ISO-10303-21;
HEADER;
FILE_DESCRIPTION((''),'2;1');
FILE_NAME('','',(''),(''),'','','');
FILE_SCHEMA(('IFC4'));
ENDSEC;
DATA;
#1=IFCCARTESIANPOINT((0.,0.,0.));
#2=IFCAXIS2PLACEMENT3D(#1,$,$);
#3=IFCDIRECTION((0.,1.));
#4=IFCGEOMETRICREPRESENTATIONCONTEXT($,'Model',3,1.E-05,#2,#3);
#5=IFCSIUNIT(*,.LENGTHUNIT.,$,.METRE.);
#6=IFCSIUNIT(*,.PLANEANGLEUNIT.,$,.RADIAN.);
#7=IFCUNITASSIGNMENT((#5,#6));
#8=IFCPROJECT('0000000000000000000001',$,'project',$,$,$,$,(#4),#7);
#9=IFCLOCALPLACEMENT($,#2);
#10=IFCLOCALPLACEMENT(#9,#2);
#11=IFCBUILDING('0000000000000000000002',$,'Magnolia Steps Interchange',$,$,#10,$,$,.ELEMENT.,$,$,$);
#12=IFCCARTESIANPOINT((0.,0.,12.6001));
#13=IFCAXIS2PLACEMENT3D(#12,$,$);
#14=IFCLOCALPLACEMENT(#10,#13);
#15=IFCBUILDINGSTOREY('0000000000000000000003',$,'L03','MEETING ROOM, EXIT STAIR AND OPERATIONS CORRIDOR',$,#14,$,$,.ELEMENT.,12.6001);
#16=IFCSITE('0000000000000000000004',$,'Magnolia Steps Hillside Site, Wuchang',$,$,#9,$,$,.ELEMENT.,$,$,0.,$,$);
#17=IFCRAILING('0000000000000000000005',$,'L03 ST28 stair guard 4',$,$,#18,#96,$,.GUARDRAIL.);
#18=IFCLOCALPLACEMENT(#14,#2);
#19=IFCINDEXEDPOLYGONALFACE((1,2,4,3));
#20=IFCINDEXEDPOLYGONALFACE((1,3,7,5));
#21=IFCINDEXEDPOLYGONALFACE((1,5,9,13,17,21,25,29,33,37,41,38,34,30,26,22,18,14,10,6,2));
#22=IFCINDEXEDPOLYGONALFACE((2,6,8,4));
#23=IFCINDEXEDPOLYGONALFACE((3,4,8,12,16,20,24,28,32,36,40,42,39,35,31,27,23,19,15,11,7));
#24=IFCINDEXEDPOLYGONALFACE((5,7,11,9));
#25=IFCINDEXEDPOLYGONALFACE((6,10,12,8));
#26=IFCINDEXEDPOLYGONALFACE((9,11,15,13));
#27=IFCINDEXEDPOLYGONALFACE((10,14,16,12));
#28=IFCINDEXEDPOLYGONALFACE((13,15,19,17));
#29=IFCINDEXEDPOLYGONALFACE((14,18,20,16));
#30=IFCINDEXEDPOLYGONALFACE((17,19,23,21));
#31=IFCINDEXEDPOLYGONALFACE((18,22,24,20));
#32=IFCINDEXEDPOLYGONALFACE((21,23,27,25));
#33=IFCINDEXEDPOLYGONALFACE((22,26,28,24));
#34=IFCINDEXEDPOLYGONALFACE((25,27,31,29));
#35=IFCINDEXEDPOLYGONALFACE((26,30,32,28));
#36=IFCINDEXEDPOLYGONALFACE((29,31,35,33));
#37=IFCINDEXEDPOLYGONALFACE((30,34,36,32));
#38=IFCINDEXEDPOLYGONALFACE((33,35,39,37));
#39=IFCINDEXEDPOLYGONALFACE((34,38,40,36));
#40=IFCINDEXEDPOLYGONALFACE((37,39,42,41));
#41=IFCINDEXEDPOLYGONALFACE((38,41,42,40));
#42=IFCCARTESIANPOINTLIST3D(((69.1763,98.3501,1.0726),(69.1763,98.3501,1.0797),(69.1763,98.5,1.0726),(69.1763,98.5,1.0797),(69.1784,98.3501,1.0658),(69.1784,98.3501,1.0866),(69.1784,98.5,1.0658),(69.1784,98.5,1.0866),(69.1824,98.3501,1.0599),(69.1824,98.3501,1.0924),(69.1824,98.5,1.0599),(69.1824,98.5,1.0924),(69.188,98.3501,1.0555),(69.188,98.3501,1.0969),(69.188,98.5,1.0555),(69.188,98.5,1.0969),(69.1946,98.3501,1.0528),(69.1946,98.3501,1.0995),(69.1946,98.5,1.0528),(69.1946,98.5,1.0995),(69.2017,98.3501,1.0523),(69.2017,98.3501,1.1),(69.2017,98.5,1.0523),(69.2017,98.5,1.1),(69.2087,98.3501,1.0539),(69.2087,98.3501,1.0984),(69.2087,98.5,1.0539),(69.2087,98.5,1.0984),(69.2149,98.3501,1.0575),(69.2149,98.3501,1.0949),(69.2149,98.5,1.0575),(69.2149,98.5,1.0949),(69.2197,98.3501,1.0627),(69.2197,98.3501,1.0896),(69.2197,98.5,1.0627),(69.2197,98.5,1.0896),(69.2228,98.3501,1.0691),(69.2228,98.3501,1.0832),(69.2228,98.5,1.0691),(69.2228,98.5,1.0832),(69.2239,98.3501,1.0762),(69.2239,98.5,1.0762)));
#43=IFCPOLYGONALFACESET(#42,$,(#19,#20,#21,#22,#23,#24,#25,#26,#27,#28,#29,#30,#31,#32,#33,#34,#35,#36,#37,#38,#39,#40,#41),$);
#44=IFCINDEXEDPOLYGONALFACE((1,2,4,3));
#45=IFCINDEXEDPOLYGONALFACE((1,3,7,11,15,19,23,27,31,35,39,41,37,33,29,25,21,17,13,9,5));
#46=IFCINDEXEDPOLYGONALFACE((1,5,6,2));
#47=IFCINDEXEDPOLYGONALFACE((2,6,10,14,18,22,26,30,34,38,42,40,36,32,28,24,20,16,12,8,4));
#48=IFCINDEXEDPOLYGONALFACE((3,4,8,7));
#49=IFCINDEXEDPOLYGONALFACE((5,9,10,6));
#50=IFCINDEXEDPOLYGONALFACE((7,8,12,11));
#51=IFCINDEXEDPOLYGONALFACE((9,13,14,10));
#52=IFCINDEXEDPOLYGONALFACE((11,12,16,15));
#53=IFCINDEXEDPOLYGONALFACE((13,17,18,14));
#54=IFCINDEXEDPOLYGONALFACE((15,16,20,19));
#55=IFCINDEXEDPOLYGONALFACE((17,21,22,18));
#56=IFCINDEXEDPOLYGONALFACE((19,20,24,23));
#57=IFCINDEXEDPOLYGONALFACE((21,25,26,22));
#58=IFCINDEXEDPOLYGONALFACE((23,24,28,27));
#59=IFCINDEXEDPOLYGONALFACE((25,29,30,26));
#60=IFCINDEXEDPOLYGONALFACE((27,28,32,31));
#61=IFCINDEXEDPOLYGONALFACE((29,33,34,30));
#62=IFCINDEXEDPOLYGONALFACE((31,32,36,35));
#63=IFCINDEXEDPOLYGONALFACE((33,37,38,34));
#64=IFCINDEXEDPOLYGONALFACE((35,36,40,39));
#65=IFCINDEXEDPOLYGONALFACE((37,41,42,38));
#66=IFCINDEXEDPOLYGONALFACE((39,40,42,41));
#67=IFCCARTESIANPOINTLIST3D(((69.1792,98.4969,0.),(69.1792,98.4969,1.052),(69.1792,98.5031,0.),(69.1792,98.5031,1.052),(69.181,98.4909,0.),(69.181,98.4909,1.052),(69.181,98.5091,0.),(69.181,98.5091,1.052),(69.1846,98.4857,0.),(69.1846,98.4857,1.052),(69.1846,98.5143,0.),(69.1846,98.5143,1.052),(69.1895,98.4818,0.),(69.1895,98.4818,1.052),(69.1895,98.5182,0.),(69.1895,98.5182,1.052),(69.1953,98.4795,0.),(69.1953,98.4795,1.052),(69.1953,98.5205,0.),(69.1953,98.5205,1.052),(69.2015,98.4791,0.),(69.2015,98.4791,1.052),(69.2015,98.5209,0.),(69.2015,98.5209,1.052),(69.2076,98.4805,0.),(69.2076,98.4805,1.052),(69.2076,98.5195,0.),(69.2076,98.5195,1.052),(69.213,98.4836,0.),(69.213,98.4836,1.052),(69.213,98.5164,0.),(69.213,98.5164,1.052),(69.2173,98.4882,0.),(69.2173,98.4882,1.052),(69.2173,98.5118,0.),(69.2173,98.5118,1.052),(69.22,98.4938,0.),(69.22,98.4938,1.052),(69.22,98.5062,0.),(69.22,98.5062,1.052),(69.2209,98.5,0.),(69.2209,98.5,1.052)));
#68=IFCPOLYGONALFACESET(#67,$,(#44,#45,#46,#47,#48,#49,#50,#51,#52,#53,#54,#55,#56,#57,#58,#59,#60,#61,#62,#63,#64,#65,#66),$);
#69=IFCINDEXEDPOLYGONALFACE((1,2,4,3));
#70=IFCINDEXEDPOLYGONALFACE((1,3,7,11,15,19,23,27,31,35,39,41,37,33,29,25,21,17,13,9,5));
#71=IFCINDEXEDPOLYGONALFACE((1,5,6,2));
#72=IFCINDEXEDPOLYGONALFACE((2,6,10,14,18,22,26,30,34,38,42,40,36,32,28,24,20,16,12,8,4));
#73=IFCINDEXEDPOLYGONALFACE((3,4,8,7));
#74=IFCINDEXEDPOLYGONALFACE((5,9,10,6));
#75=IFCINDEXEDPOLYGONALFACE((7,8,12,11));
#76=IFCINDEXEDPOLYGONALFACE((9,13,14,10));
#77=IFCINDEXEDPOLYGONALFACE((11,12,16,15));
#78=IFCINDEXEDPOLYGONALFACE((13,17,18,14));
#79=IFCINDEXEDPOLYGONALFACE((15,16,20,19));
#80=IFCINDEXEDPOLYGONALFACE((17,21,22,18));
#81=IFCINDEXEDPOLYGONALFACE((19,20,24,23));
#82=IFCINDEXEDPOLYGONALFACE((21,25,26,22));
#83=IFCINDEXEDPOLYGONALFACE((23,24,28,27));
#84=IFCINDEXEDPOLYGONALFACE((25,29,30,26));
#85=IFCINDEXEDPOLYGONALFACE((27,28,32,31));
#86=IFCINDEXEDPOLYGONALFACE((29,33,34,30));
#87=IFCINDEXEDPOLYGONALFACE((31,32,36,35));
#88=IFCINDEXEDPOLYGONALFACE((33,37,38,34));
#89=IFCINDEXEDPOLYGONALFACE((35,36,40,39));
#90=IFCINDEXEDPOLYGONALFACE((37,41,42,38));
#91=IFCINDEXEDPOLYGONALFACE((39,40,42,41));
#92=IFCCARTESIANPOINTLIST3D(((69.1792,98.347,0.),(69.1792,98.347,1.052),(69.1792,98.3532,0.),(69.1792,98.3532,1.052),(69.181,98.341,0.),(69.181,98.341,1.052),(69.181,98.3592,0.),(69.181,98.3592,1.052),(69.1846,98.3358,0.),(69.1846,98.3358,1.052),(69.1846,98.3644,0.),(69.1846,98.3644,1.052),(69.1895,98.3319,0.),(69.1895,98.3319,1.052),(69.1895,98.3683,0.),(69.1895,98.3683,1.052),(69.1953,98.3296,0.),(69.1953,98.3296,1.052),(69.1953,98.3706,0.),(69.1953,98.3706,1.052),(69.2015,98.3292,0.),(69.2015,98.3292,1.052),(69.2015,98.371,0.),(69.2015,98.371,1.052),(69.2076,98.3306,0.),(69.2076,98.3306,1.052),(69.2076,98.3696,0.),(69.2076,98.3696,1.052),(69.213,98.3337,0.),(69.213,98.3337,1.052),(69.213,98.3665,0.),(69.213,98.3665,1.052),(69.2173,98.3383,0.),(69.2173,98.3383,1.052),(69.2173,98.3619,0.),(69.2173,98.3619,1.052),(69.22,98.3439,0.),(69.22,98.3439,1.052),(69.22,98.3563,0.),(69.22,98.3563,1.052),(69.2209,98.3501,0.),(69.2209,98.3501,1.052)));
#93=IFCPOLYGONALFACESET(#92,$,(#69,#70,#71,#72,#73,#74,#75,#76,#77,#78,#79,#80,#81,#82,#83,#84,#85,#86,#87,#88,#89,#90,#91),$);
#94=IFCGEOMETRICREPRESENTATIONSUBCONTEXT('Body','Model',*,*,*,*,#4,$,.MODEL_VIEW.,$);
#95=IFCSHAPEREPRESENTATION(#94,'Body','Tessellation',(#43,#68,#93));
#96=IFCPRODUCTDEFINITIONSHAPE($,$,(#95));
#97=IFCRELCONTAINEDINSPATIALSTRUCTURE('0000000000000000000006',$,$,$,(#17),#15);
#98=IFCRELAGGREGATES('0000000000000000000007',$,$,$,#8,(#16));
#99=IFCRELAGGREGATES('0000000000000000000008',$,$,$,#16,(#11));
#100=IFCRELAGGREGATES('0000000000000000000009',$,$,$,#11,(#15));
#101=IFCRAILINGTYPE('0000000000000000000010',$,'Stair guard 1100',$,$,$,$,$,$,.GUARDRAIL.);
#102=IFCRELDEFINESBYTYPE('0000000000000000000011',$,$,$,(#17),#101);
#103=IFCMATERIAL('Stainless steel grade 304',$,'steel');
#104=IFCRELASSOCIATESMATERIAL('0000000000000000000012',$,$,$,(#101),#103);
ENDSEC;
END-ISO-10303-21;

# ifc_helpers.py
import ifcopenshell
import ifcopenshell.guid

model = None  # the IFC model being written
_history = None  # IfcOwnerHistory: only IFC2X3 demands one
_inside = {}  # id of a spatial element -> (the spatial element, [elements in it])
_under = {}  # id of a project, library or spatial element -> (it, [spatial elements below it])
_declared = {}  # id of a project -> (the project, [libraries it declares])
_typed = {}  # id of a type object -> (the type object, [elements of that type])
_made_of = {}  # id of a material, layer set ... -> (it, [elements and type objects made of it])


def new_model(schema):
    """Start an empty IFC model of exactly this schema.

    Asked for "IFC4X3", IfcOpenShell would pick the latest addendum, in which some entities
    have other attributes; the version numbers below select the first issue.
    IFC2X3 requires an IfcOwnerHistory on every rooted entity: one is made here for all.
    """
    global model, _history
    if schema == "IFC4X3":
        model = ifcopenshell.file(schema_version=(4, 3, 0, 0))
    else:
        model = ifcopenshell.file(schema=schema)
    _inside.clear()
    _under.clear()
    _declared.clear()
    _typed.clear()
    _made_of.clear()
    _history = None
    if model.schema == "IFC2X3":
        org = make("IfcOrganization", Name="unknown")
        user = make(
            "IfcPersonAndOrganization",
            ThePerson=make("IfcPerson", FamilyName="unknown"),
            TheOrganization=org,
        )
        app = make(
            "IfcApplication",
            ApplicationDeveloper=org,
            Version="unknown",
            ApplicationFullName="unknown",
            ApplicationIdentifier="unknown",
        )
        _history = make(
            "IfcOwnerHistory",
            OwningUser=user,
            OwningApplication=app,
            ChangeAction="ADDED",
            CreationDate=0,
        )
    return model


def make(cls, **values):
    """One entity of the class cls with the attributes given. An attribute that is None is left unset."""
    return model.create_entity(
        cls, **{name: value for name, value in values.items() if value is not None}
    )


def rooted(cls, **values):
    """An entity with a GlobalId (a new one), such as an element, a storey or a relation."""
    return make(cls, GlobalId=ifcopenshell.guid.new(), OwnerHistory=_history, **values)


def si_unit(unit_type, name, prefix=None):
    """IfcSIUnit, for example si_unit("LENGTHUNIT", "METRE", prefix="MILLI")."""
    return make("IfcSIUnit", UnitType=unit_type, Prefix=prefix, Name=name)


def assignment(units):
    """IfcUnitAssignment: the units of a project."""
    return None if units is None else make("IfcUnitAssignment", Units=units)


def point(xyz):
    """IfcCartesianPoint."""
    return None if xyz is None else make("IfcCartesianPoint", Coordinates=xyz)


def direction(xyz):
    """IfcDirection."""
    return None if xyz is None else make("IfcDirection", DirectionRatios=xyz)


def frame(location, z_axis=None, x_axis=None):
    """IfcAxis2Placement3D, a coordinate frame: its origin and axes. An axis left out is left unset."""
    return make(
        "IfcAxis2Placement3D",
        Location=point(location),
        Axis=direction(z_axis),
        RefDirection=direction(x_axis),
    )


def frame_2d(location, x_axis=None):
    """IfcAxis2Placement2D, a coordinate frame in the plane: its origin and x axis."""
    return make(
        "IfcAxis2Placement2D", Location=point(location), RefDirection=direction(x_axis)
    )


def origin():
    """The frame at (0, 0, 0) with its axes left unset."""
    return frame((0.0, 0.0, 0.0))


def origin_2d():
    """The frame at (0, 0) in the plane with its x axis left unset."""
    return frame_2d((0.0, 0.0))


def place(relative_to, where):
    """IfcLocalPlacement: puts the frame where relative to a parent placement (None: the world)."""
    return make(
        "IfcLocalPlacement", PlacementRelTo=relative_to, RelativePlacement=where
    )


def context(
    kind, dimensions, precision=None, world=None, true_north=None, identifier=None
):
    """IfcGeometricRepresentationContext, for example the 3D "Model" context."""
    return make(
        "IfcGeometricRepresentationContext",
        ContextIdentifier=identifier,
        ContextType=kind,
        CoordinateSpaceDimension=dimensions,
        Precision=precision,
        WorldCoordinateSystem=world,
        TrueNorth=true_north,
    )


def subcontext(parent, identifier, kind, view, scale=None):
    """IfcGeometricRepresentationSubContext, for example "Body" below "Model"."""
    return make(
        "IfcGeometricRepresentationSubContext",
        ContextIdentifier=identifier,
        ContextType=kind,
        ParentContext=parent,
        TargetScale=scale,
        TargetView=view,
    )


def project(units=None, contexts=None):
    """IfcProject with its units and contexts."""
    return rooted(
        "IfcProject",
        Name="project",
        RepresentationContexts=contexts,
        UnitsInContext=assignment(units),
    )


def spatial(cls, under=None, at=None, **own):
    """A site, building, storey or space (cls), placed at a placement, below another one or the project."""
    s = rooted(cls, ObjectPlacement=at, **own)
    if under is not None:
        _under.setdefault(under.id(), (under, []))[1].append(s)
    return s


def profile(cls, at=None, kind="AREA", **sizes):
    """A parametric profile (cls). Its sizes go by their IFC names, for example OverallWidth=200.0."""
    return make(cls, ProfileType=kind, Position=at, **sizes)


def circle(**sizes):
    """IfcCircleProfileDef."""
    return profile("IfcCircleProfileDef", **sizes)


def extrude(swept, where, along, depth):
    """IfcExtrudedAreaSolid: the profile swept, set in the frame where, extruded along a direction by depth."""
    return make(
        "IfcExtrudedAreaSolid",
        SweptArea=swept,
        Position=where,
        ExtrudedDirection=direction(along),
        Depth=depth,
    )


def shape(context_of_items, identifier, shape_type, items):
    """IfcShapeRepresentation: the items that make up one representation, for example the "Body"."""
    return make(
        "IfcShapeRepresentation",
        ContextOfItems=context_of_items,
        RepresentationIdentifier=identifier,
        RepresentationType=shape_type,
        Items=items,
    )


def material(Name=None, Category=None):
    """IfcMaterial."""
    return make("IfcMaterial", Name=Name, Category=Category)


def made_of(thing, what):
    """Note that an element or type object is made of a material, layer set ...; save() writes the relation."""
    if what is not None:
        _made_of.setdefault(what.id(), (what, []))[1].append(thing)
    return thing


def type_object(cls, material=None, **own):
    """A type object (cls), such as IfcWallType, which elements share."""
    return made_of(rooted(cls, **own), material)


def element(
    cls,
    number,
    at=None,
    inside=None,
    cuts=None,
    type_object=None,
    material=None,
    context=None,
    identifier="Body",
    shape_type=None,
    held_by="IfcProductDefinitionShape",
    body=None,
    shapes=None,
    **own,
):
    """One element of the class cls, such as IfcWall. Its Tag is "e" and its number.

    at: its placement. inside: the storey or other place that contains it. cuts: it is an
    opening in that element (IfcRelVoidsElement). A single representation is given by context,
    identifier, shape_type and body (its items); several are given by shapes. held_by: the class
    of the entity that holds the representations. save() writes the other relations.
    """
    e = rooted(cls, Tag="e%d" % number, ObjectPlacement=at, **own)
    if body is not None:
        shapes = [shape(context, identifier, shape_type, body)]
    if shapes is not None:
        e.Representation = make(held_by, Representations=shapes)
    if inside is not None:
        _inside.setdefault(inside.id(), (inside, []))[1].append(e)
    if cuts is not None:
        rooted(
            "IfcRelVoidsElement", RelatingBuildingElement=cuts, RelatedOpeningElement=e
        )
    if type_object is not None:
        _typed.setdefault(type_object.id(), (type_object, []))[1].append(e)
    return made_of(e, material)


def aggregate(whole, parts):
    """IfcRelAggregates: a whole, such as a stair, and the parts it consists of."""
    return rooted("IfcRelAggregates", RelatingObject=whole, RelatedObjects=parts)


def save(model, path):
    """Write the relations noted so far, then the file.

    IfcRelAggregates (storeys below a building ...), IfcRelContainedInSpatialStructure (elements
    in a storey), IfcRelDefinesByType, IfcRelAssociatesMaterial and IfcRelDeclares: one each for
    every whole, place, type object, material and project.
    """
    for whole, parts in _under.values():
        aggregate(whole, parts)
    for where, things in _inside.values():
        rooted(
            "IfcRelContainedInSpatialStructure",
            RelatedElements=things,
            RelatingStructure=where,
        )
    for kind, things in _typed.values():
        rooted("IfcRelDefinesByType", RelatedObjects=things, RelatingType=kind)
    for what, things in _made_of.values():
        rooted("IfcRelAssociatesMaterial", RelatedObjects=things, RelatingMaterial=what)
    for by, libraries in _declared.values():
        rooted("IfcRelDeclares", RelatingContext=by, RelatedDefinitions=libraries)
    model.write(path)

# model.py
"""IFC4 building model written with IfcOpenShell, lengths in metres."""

from ifc_helpers import new_model, si_unit, direction, frame, origin, origin_2d, place, context, subcontext, project, spatial, circle, extrude, material, type_object, element, save


model = new_model("IFC4")

# Units and contexts
model_context = context("Model", 3, precision=1e-05, world=origin(), true_north=direction((0.0, 1.0)))
body_context = subcontext(model_context, "Body", "Model", "MODEL_VIEW")
ifc_project = project(units=[si_unit("LENGTHUNIT", "METRE"), si_unit("PLANEANGLEUNIT", "RADIAN")], contexts=[model_context])

# Site, building, storey
site_placement = place(None, origin())
site = spatial("IfcSite", under=ifc_project, at=site_placement, Name="Magnolia Steps Hillside Site, Wuchang", CompositionType="ELEMENT", RefElevation=0.0)
building_placement = place(site_placement, origin())
building = spatial("IfcBuilding", under=site, at=building_placement, Name="Magnolia Steps Interchange", CompositionType="ELEMENT")
storey_placement = place(building_placement, frame((0.0, 0.0, 12.6001)))
storey = spatial("IfcBuildingStorey", under=building, at=storey_placement, Name="L03", Description="MEETING ROOM, EXIT STAIR AND OPERATIONS CORRIDOR", CompositionType="ELEMENT", Elevation=12.6001)

# Railing
ifc_material_1 = material(Name="Stainless steel grade 304", Category="steel")
railing_type_1 = type_object("IfcRailingType", Name="Stair guard 1100", PredefinedType="GUARDRAIL", material=ifc_material_1)
railing_1_placement = place(storey_placement, frame((69.2, 98.5, 0.0)))
element("IfcRailing", 1, at=railing_1_placement, inside=storey, type_object=railing_type_1, Name="L03 ST28 stair guard 4", PredefinedType="GUARDRAIL", context=body_context, shape_type="SweptSolid", body=[
    extrude(circle(Radius=0.0239, at=origin_2d()), frame((0.0, 0.0, 1.0762), z_axis=(0.0, -1.0, 0.0), x_axis=(1.0, 0.0, 0.0)), (0.0, 0.0, 1.0), 0.1499),
    extrude(circle(Radius=0.021, at=origin_2d()), origin(), (0.0, 0.0, 1.0), 1.052),
    extrude(circle(Radius=0.021, at=origin_2d()), frame((0.0, -0.1499, 0.0)), (0.0, 0.0, 1.0), 1.052),
])

save(model, "model.ifc")
